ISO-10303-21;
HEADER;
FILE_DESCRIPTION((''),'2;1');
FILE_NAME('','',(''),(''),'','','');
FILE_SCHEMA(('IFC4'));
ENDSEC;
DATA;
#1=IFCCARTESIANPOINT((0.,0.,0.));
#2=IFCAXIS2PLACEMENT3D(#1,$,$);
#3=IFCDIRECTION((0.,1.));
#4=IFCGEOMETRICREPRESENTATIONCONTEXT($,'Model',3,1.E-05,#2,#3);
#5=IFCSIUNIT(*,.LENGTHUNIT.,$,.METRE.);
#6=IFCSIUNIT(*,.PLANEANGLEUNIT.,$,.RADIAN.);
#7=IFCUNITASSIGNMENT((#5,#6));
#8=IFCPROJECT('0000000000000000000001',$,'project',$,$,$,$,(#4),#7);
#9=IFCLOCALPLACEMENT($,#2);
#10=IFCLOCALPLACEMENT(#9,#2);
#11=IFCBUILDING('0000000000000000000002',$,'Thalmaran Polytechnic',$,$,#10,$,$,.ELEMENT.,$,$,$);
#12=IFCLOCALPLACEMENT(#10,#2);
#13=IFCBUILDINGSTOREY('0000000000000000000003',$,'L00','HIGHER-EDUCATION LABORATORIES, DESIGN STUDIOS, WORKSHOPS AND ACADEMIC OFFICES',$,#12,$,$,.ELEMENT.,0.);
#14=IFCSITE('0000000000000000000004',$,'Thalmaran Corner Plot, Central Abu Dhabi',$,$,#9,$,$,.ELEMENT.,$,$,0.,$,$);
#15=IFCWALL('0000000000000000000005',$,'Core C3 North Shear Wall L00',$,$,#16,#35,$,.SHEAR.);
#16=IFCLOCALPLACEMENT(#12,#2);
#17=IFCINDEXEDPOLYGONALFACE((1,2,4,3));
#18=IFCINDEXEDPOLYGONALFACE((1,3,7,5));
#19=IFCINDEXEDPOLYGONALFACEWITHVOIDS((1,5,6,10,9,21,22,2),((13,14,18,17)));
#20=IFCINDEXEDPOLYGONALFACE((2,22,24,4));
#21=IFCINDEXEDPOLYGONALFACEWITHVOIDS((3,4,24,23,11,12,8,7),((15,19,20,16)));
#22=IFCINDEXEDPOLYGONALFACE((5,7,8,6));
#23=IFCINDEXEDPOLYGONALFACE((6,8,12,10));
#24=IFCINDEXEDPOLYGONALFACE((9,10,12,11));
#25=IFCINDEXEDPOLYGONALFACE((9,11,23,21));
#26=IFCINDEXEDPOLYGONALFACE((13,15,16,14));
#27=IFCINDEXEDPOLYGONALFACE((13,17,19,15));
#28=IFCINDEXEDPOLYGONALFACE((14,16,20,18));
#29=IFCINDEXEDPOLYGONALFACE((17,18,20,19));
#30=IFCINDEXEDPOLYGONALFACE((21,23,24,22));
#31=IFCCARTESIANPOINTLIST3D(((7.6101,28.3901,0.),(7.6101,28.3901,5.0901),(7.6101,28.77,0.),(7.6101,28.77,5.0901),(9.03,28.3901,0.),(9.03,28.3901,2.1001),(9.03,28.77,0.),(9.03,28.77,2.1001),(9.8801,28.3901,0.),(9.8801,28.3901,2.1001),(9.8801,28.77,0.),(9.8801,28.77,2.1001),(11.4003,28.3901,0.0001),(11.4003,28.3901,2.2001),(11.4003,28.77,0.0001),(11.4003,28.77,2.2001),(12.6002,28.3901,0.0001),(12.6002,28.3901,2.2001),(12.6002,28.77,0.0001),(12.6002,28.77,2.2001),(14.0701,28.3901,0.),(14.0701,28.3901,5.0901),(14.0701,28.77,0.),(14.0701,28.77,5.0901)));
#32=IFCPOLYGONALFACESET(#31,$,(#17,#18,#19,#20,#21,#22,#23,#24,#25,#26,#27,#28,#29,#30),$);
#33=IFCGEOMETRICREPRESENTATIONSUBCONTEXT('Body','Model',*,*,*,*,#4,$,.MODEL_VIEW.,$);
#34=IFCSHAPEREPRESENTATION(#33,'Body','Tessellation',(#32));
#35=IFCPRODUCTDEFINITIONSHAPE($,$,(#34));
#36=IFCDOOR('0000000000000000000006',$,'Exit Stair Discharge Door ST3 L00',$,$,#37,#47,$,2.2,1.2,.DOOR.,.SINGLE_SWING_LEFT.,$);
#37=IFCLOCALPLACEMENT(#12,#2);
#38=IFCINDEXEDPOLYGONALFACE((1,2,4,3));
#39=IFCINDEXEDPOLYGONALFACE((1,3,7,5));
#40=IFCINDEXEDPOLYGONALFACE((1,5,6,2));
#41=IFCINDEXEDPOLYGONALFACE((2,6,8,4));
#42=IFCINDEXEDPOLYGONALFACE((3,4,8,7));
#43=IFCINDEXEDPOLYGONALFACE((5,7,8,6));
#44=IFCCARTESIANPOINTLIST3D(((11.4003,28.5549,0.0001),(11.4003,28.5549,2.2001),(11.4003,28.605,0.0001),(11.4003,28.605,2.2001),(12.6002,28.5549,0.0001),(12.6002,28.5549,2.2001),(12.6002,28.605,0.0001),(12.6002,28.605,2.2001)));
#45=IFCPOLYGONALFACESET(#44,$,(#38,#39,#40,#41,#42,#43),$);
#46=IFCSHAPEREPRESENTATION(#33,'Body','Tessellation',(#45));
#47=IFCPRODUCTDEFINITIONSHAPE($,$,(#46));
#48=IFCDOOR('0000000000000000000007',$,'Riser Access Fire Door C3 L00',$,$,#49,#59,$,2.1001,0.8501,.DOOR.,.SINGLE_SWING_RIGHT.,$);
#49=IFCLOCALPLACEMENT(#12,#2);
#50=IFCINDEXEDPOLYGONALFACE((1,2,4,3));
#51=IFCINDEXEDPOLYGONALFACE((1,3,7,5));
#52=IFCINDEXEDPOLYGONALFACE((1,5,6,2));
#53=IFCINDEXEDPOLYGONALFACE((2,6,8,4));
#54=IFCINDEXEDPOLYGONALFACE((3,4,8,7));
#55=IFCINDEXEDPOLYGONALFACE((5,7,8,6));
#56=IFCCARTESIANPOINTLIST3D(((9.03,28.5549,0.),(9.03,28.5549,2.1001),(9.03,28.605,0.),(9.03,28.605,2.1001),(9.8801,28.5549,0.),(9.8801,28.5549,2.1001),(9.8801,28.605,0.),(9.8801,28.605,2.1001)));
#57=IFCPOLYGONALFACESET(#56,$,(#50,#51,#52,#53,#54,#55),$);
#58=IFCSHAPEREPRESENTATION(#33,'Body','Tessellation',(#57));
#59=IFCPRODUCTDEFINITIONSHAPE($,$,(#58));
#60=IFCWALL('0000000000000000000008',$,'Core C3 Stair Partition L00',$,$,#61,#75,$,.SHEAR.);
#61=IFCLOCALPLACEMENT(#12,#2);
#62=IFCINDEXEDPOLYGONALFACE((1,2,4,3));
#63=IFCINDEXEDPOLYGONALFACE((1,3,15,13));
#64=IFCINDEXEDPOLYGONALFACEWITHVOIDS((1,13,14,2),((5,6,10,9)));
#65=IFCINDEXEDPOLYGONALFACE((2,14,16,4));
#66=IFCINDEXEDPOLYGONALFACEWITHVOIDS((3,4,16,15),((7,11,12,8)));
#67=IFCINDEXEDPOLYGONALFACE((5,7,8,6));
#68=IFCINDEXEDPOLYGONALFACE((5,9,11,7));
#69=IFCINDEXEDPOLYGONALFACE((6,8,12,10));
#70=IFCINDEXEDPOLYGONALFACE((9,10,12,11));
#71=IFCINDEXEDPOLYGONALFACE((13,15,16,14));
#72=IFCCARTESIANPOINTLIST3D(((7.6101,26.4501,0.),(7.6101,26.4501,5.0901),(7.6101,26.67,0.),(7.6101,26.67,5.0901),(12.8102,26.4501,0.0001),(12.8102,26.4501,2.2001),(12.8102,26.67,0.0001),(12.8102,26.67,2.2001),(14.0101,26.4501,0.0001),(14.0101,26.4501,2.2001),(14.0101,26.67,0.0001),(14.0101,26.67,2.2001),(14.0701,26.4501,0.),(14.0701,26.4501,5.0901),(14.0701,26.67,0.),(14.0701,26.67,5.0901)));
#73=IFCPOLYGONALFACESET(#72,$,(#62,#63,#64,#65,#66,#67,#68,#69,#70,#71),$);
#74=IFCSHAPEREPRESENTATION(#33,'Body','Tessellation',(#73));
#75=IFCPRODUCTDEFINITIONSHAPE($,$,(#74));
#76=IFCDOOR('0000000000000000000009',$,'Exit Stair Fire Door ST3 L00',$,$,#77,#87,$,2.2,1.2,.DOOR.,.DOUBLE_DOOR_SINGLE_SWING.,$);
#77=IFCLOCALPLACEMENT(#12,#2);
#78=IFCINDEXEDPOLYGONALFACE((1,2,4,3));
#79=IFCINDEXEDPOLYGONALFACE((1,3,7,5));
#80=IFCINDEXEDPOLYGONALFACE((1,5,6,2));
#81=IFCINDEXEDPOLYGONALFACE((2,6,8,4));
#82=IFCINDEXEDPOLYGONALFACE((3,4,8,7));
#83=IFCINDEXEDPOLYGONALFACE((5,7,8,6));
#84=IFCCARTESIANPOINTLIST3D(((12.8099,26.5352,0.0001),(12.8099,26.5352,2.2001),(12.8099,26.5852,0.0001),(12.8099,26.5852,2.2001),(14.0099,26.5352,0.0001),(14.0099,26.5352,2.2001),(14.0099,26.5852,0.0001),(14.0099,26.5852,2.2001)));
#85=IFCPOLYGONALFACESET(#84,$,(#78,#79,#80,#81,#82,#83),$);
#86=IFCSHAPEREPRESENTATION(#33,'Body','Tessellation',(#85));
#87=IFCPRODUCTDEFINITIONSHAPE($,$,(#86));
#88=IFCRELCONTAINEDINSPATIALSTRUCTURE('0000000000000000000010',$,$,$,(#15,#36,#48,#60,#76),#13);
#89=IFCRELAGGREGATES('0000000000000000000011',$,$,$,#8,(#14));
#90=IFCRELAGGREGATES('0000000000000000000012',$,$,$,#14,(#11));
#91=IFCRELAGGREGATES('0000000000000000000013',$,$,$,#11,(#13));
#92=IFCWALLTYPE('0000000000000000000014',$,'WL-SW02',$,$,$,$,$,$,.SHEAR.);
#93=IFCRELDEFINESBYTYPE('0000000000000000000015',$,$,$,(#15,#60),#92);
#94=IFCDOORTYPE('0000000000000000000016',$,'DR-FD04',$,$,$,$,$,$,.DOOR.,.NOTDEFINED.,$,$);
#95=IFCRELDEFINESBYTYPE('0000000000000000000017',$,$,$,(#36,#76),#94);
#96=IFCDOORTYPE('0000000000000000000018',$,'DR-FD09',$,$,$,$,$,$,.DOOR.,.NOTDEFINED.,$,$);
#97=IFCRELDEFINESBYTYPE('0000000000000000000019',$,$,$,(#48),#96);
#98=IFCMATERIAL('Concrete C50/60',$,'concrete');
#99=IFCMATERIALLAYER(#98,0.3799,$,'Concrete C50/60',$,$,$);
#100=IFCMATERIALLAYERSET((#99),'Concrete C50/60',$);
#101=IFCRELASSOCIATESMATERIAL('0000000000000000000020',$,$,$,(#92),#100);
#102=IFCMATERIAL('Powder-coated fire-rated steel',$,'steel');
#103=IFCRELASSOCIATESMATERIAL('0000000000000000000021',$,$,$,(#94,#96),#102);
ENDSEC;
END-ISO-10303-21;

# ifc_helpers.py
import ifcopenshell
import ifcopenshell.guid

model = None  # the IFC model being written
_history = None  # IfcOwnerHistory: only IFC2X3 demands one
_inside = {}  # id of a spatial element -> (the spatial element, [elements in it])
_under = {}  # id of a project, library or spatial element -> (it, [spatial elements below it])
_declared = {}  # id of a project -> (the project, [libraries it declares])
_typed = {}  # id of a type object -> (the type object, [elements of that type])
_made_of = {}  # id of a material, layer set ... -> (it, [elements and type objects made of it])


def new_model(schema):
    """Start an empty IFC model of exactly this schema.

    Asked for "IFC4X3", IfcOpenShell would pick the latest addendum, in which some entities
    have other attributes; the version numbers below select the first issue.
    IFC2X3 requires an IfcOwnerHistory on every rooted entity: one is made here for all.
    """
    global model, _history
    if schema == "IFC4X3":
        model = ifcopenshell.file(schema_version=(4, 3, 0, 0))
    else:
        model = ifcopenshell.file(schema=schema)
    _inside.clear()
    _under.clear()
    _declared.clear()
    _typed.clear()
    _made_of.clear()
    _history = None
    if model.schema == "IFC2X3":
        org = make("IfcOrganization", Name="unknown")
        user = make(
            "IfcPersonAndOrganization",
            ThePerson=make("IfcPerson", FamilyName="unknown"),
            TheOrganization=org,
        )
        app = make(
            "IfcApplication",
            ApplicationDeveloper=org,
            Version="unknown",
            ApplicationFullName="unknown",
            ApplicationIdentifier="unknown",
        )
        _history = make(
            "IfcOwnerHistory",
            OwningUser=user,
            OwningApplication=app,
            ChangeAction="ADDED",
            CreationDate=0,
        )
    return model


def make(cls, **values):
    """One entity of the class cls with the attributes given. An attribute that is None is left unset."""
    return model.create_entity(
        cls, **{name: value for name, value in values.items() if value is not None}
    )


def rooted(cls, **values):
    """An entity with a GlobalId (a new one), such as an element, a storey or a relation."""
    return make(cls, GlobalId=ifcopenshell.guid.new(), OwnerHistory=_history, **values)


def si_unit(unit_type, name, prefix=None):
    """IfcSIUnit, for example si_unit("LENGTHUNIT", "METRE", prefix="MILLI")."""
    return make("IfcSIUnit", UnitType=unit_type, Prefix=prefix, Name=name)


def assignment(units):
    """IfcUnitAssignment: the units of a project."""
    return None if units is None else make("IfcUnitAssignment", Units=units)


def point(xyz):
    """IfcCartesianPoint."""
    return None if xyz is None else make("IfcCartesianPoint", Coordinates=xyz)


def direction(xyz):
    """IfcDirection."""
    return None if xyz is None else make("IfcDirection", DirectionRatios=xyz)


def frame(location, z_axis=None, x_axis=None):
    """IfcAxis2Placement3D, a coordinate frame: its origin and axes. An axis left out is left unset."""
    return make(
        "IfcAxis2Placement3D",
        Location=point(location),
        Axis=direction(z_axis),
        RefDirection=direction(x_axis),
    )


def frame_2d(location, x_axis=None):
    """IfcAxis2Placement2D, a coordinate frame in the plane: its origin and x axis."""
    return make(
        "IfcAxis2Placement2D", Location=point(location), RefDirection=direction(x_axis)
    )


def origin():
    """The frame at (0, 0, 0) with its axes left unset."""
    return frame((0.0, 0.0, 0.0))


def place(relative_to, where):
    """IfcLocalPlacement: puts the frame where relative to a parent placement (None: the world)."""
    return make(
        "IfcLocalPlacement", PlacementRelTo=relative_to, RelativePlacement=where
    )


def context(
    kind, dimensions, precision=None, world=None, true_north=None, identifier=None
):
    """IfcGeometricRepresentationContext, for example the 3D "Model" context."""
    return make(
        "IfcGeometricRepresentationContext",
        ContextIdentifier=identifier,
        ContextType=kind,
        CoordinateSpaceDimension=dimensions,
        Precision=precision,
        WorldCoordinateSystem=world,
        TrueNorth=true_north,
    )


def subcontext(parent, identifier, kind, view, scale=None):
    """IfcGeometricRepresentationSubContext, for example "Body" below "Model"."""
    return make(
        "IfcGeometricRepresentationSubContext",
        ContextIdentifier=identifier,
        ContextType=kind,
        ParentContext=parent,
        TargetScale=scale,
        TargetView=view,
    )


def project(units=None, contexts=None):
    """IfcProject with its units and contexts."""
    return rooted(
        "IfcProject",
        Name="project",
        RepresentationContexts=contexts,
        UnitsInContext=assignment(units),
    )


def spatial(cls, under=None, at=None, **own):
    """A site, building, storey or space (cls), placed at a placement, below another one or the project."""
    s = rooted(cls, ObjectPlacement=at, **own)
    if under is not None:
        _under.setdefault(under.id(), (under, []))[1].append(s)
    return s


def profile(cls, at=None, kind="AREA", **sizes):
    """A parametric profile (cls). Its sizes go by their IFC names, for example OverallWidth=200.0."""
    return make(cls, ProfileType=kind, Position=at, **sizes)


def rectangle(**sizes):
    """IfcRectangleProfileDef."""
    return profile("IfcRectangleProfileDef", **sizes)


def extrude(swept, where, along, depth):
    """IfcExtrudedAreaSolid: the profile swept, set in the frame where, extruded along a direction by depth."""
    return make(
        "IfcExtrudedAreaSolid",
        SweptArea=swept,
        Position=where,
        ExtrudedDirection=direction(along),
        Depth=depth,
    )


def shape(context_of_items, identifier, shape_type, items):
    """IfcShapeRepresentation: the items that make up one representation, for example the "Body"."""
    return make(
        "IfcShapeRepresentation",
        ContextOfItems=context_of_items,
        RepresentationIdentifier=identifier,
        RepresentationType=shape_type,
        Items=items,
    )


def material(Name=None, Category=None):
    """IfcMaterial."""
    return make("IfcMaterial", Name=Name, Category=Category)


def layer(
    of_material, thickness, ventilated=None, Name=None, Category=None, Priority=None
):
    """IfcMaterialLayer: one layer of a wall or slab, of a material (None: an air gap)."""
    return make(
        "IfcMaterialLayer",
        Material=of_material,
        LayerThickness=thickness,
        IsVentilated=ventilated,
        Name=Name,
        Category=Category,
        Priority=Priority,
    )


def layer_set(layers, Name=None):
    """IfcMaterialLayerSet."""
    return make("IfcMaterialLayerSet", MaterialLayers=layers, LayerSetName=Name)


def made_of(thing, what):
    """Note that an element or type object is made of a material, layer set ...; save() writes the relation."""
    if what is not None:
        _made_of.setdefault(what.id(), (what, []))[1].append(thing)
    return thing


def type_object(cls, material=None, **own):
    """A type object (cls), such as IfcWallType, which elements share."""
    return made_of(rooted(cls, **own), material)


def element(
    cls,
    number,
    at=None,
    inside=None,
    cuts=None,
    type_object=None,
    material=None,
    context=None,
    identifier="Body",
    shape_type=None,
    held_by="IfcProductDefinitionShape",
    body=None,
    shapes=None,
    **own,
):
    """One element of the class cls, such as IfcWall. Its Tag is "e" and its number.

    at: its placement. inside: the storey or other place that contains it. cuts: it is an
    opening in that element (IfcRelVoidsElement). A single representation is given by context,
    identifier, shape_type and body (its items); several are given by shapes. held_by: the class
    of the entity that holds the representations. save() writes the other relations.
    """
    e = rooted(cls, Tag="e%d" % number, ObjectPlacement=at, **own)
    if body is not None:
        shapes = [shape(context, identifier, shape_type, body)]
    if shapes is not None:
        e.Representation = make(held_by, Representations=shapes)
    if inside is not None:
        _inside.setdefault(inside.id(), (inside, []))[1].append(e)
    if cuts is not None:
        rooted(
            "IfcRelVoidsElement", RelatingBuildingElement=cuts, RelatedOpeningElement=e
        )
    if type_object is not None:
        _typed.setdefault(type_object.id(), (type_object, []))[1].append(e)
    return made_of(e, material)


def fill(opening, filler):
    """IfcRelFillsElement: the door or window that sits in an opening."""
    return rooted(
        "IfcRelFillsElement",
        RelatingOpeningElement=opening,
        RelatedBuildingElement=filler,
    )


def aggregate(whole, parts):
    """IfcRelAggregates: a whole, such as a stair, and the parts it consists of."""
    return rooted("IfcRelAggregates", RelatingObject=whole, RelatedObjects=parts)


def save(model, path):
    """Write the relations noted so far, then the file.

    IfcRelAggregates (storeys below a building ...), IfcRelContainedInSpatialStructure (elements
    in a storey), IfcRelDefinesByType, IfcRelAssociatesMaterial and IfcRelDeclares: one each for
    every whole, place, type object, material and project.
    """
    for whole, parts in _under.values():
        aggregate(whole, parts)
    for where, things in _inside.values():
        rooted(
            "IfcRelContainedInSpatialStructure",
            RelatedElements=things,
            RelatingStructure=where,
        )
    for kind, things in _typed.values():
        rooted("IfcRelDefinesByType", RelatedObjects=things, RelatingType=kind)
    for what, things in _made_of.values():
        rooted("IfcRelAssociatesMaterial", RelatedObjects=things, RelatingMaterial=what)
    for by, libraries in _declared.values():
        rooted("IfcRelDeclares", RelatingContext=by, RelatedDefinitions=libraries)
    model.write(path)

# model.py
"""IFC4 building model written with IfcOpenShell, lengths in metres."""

from ifc_helpers import new_model, si_unit, direction, frame, frame_2d, origin, place, context, subcontext, project, spatial, rectangle, extrude, material, layer, layer_set, type_object, element, fill, save


model = new_model("IFC4")

# Units and contexts
model_context = context("Model", 3, precision=1e-05, world=origin(), true_north=direction((0.0, 1.0)))
body_context = subcontext(model_context, "Body", "Model", "MODEL_VIEW")
ifc_project = project(units=[si_unit("LENGTHUNIT", "METRE"), si_unit("PLANEANGLEUNIT", "RADIAN")], contexts=[model_context])

# Site, building, storey
site_placement = place(None, origin())
site = spatial("IfcSite", under=ifc_project, at=site_placement, Name="Thalmaran Corner Plot, Central Abu Dhabi", CompositionType="ELEMENT", RefElevation=0.0)
building_placement = place(site_placement, origin())
building = spatial("IfcBuilding", under=site, at=building_placement, Name="Thalmaran Polytechnic", CompositionType="ELEMENT")
storey_placement = place(building_placement, origin())
storey = spatial("IfcBuildingStorey", under=building, at=storey_placement, Name="L00", Description="HIGHER-EDUCATION LABORATORIES, DESIGN STUDIOS, WORKSHOPS AND ACADEMIC OFFICES", CompositionType="ELEMENT", Elevation=0.0)

# Shared definitions
ifc_material_1 = material(Name="Concrete C50/60", Category="concrete")

# Shared definitions
ifc_layer_1 = layer(ifc_material_1, 0.3799, Name="Concrete C50/60")
ifc_layer_set_1 = layer_set([ifc_layer_1], Name="Concrete C50/60")
wall_type_1 = type_object("IfcWallType", Name="WL-SW02", PredefinedType="SHEAR", material=ifc_layer_set_1)

# Wall, openings, doors
wall_1_placement = place(storey_placement, frame((7.6101, 28.5801, 0.0), z_axis=(0.0, 0.0, 1.0), x_axis=(1.0, 0.0, 0.0)))
wall_1 = element("IfcWall", 1, at=wall_1_placement, inside=storey, type_object=wall_type_1, Name="Core C3 North Shear Wall L00", PredefinedType="SHEAR", context=body_context, shape_type="SweptSolid", body=[
    extrude(rectangle(XDim=6.46, YDim=0.3799, at=frame_2d((3.23, 0.0))), origin(), (0.0, 0.0, 1.0), 5.0901),
])
opening_1_placement = place(wall_1_placement, frame((1.4199, 0.0, 0.0)))
opening_1 = element("IfcOpeningElement", 2, at=opening_1_placement, cuts=wall_1, PredefinedType="OPENING", context=body_context, shape_type="SweptSolid", body=[
    extrude(rectangle(XDim=0.8501, YDim=2.1001, at=frame_2d((0.425, 1.05))), frame((0.0, 0.2, 0.0), z_axis=(0.0, -1.0, 0.0), x_axis=(1.0, 0.0, 0.0)), (0.0, 0.0, 1.0), 0.3999),
])
opening_2_placement = place(wall_1_placement, frame((3.79, 0.0, 0.0)))
opening_2 = element("IfcOpeningElement", 3, at=opening_2_placement, cuts=wall_1, PredefinedType="OPENING", context=body_context, shape_type="SweptSolid", body=[
    extrude(rectangle(XDim=1.2, YDim=2.2, at=frame_2d((0.6001, 1.1001))), frame((0.0, 0.2, 0.0), z_axis=(0.0, -1.0, 0.0), x_axis=(1.0, 0.0, 0.0)), (0.0, 0.0, 1.0), 0.3999),
])
ifc_material_2 = material(Name="Powder-coated fire-rated steel", Category="steel")
door_type_1 = type_object("IfcDoorType", Name="DR-FD04", OperationType="NOTDEFINED", PredefinedType="DOOR", material=ifc_material_2)
door_1_placement = place(opening_2_placement, origin())
door_1 = element("IfcDoor", 4, at=door_1_placement, inside=storey, type_object=door_type_1, Name="Exit Stair Discharge Door ST3 L00", OperationType="SINGLE_SWING_LEFT", OverallHeight=2.2, OverallWidth=1.2, PredefinedType="DOOR", context=body_context, shape_type="SweptSolid", body=[
    extrude(rectangle(XDim=1.2, YDim=2.2, at=frame_2d((0.6001, 1.1001))), frame((0.0, 0.0249, 0.0), z_axis=(0.0, -1.0, 0.0), x_axis=(1.0, 0.0, 0.0)), (0.0, 0.0, 1.0), 0.05),
])
fill(opening_2, door_1)
door_type_2 = type_object("IfcDoorType", Name="DR-FD09", OperationType="NOTDEFINED", PredefinedType="DOOR", material=ifc_material_2)
door_2_placement = place(opening_1_placement, origin())
door_2 = element("IfcDoor", 5, at=door_2_placement, inside=storey, type_object=door_type_2, Name="Riser Access Fire Door C3 L00", OperationType="SINGLE_SWING_RIGHT", OverallHeight=2.1001, OverallWidth=0.8501, PredefinedType="DOOR", context=body_context, shape_type="SweptSolid", body=[
    extrude(rectangle(XDim=0.8501, YDim=2.1001, at=frame_2d((0.425, 1.05))), frame((0.0, 0.0249, 0.0), z_axis=(0.0, -1.0, 0.0), x_axis=(1.0, 0.0, 0.0)), (0.0, 0.0, 1.0), 0.05),
])
fill(opening_1, door_2)

# Wall, opening, door
wall_2_placement = place(storey_placement, frame((7.6101, 26.5601, 0.0), z_axis=(0.0, 0.0, 1.0), x_axis=(1.0, 0.0, 0.0)))
wall_2 = element("IfcWall", 6, at=wall_2_placement, inside=storey, type_object=wall_type_1, Name="Core C3 Stair Partition L00", PredefinedType="SHEAR", context=body_context, shape_type="SweptSolid", body=[
    extrude(rectangle(XDim=6.46, YDim=0.22, at=frame_2d((3.23, 0.0))), origin(), (0.0, 0.0, 1.0), 5.0901),
])
opening_3_placement = place(wall_2_placement, frame((5.2, 0.0, 0.0)))
opening_3 = element("IfcOpeningElement", 7, at=opening_3_placement, cuts=wall_2, PredefinedType="OPENING", context=body_context, shape_type="SweptSolid", body=[
    extrude(rectangle(XDim=1.2, YDim=2.2, at=frame_2d((0.6001, 1.1001))), frame((0.0, 0.1199, 0.0), z_axis=(0.0, -1.0, 0.0), x_axis=(1.0, 0.0, 0.0)), (0.0, 0.0, 1.0), 0.24),
])
door_3_placement = place(opening_3_placement, frame((1.2, 0.0, 0.0), z_axis=(0.0, 0.0, 1.0), x_axis=(-1.0, 0.0, 0.0)))
door_3 = element("IfcDoor", 8, at=door_3_placement, inside=storey, type_object=door_type_1, Name="Exit Stair Fire Door ST3 L00", OperationType="DOUBLE_DOOR_SINGLE_SWING", OverallHeight=2.2, OverallWidth=1.2, PredefinedType="DOOR", context=body_context, shape_type="SweptSolid", body=[
    extrude(rectangle(XDim=1.2, YDim=2.2, at=frame_2d((0.6001, 1.1001))), frame((0.0, 0.0249, 0.0), z_axis=(0.0, -1.0, 0.0), x_axis=(1.0, 0.0, 0.0)), (0.0, 0.0, 1.0), 0.05),
])
fill(opening_3, door_3)

save(model, "model.ifc")
